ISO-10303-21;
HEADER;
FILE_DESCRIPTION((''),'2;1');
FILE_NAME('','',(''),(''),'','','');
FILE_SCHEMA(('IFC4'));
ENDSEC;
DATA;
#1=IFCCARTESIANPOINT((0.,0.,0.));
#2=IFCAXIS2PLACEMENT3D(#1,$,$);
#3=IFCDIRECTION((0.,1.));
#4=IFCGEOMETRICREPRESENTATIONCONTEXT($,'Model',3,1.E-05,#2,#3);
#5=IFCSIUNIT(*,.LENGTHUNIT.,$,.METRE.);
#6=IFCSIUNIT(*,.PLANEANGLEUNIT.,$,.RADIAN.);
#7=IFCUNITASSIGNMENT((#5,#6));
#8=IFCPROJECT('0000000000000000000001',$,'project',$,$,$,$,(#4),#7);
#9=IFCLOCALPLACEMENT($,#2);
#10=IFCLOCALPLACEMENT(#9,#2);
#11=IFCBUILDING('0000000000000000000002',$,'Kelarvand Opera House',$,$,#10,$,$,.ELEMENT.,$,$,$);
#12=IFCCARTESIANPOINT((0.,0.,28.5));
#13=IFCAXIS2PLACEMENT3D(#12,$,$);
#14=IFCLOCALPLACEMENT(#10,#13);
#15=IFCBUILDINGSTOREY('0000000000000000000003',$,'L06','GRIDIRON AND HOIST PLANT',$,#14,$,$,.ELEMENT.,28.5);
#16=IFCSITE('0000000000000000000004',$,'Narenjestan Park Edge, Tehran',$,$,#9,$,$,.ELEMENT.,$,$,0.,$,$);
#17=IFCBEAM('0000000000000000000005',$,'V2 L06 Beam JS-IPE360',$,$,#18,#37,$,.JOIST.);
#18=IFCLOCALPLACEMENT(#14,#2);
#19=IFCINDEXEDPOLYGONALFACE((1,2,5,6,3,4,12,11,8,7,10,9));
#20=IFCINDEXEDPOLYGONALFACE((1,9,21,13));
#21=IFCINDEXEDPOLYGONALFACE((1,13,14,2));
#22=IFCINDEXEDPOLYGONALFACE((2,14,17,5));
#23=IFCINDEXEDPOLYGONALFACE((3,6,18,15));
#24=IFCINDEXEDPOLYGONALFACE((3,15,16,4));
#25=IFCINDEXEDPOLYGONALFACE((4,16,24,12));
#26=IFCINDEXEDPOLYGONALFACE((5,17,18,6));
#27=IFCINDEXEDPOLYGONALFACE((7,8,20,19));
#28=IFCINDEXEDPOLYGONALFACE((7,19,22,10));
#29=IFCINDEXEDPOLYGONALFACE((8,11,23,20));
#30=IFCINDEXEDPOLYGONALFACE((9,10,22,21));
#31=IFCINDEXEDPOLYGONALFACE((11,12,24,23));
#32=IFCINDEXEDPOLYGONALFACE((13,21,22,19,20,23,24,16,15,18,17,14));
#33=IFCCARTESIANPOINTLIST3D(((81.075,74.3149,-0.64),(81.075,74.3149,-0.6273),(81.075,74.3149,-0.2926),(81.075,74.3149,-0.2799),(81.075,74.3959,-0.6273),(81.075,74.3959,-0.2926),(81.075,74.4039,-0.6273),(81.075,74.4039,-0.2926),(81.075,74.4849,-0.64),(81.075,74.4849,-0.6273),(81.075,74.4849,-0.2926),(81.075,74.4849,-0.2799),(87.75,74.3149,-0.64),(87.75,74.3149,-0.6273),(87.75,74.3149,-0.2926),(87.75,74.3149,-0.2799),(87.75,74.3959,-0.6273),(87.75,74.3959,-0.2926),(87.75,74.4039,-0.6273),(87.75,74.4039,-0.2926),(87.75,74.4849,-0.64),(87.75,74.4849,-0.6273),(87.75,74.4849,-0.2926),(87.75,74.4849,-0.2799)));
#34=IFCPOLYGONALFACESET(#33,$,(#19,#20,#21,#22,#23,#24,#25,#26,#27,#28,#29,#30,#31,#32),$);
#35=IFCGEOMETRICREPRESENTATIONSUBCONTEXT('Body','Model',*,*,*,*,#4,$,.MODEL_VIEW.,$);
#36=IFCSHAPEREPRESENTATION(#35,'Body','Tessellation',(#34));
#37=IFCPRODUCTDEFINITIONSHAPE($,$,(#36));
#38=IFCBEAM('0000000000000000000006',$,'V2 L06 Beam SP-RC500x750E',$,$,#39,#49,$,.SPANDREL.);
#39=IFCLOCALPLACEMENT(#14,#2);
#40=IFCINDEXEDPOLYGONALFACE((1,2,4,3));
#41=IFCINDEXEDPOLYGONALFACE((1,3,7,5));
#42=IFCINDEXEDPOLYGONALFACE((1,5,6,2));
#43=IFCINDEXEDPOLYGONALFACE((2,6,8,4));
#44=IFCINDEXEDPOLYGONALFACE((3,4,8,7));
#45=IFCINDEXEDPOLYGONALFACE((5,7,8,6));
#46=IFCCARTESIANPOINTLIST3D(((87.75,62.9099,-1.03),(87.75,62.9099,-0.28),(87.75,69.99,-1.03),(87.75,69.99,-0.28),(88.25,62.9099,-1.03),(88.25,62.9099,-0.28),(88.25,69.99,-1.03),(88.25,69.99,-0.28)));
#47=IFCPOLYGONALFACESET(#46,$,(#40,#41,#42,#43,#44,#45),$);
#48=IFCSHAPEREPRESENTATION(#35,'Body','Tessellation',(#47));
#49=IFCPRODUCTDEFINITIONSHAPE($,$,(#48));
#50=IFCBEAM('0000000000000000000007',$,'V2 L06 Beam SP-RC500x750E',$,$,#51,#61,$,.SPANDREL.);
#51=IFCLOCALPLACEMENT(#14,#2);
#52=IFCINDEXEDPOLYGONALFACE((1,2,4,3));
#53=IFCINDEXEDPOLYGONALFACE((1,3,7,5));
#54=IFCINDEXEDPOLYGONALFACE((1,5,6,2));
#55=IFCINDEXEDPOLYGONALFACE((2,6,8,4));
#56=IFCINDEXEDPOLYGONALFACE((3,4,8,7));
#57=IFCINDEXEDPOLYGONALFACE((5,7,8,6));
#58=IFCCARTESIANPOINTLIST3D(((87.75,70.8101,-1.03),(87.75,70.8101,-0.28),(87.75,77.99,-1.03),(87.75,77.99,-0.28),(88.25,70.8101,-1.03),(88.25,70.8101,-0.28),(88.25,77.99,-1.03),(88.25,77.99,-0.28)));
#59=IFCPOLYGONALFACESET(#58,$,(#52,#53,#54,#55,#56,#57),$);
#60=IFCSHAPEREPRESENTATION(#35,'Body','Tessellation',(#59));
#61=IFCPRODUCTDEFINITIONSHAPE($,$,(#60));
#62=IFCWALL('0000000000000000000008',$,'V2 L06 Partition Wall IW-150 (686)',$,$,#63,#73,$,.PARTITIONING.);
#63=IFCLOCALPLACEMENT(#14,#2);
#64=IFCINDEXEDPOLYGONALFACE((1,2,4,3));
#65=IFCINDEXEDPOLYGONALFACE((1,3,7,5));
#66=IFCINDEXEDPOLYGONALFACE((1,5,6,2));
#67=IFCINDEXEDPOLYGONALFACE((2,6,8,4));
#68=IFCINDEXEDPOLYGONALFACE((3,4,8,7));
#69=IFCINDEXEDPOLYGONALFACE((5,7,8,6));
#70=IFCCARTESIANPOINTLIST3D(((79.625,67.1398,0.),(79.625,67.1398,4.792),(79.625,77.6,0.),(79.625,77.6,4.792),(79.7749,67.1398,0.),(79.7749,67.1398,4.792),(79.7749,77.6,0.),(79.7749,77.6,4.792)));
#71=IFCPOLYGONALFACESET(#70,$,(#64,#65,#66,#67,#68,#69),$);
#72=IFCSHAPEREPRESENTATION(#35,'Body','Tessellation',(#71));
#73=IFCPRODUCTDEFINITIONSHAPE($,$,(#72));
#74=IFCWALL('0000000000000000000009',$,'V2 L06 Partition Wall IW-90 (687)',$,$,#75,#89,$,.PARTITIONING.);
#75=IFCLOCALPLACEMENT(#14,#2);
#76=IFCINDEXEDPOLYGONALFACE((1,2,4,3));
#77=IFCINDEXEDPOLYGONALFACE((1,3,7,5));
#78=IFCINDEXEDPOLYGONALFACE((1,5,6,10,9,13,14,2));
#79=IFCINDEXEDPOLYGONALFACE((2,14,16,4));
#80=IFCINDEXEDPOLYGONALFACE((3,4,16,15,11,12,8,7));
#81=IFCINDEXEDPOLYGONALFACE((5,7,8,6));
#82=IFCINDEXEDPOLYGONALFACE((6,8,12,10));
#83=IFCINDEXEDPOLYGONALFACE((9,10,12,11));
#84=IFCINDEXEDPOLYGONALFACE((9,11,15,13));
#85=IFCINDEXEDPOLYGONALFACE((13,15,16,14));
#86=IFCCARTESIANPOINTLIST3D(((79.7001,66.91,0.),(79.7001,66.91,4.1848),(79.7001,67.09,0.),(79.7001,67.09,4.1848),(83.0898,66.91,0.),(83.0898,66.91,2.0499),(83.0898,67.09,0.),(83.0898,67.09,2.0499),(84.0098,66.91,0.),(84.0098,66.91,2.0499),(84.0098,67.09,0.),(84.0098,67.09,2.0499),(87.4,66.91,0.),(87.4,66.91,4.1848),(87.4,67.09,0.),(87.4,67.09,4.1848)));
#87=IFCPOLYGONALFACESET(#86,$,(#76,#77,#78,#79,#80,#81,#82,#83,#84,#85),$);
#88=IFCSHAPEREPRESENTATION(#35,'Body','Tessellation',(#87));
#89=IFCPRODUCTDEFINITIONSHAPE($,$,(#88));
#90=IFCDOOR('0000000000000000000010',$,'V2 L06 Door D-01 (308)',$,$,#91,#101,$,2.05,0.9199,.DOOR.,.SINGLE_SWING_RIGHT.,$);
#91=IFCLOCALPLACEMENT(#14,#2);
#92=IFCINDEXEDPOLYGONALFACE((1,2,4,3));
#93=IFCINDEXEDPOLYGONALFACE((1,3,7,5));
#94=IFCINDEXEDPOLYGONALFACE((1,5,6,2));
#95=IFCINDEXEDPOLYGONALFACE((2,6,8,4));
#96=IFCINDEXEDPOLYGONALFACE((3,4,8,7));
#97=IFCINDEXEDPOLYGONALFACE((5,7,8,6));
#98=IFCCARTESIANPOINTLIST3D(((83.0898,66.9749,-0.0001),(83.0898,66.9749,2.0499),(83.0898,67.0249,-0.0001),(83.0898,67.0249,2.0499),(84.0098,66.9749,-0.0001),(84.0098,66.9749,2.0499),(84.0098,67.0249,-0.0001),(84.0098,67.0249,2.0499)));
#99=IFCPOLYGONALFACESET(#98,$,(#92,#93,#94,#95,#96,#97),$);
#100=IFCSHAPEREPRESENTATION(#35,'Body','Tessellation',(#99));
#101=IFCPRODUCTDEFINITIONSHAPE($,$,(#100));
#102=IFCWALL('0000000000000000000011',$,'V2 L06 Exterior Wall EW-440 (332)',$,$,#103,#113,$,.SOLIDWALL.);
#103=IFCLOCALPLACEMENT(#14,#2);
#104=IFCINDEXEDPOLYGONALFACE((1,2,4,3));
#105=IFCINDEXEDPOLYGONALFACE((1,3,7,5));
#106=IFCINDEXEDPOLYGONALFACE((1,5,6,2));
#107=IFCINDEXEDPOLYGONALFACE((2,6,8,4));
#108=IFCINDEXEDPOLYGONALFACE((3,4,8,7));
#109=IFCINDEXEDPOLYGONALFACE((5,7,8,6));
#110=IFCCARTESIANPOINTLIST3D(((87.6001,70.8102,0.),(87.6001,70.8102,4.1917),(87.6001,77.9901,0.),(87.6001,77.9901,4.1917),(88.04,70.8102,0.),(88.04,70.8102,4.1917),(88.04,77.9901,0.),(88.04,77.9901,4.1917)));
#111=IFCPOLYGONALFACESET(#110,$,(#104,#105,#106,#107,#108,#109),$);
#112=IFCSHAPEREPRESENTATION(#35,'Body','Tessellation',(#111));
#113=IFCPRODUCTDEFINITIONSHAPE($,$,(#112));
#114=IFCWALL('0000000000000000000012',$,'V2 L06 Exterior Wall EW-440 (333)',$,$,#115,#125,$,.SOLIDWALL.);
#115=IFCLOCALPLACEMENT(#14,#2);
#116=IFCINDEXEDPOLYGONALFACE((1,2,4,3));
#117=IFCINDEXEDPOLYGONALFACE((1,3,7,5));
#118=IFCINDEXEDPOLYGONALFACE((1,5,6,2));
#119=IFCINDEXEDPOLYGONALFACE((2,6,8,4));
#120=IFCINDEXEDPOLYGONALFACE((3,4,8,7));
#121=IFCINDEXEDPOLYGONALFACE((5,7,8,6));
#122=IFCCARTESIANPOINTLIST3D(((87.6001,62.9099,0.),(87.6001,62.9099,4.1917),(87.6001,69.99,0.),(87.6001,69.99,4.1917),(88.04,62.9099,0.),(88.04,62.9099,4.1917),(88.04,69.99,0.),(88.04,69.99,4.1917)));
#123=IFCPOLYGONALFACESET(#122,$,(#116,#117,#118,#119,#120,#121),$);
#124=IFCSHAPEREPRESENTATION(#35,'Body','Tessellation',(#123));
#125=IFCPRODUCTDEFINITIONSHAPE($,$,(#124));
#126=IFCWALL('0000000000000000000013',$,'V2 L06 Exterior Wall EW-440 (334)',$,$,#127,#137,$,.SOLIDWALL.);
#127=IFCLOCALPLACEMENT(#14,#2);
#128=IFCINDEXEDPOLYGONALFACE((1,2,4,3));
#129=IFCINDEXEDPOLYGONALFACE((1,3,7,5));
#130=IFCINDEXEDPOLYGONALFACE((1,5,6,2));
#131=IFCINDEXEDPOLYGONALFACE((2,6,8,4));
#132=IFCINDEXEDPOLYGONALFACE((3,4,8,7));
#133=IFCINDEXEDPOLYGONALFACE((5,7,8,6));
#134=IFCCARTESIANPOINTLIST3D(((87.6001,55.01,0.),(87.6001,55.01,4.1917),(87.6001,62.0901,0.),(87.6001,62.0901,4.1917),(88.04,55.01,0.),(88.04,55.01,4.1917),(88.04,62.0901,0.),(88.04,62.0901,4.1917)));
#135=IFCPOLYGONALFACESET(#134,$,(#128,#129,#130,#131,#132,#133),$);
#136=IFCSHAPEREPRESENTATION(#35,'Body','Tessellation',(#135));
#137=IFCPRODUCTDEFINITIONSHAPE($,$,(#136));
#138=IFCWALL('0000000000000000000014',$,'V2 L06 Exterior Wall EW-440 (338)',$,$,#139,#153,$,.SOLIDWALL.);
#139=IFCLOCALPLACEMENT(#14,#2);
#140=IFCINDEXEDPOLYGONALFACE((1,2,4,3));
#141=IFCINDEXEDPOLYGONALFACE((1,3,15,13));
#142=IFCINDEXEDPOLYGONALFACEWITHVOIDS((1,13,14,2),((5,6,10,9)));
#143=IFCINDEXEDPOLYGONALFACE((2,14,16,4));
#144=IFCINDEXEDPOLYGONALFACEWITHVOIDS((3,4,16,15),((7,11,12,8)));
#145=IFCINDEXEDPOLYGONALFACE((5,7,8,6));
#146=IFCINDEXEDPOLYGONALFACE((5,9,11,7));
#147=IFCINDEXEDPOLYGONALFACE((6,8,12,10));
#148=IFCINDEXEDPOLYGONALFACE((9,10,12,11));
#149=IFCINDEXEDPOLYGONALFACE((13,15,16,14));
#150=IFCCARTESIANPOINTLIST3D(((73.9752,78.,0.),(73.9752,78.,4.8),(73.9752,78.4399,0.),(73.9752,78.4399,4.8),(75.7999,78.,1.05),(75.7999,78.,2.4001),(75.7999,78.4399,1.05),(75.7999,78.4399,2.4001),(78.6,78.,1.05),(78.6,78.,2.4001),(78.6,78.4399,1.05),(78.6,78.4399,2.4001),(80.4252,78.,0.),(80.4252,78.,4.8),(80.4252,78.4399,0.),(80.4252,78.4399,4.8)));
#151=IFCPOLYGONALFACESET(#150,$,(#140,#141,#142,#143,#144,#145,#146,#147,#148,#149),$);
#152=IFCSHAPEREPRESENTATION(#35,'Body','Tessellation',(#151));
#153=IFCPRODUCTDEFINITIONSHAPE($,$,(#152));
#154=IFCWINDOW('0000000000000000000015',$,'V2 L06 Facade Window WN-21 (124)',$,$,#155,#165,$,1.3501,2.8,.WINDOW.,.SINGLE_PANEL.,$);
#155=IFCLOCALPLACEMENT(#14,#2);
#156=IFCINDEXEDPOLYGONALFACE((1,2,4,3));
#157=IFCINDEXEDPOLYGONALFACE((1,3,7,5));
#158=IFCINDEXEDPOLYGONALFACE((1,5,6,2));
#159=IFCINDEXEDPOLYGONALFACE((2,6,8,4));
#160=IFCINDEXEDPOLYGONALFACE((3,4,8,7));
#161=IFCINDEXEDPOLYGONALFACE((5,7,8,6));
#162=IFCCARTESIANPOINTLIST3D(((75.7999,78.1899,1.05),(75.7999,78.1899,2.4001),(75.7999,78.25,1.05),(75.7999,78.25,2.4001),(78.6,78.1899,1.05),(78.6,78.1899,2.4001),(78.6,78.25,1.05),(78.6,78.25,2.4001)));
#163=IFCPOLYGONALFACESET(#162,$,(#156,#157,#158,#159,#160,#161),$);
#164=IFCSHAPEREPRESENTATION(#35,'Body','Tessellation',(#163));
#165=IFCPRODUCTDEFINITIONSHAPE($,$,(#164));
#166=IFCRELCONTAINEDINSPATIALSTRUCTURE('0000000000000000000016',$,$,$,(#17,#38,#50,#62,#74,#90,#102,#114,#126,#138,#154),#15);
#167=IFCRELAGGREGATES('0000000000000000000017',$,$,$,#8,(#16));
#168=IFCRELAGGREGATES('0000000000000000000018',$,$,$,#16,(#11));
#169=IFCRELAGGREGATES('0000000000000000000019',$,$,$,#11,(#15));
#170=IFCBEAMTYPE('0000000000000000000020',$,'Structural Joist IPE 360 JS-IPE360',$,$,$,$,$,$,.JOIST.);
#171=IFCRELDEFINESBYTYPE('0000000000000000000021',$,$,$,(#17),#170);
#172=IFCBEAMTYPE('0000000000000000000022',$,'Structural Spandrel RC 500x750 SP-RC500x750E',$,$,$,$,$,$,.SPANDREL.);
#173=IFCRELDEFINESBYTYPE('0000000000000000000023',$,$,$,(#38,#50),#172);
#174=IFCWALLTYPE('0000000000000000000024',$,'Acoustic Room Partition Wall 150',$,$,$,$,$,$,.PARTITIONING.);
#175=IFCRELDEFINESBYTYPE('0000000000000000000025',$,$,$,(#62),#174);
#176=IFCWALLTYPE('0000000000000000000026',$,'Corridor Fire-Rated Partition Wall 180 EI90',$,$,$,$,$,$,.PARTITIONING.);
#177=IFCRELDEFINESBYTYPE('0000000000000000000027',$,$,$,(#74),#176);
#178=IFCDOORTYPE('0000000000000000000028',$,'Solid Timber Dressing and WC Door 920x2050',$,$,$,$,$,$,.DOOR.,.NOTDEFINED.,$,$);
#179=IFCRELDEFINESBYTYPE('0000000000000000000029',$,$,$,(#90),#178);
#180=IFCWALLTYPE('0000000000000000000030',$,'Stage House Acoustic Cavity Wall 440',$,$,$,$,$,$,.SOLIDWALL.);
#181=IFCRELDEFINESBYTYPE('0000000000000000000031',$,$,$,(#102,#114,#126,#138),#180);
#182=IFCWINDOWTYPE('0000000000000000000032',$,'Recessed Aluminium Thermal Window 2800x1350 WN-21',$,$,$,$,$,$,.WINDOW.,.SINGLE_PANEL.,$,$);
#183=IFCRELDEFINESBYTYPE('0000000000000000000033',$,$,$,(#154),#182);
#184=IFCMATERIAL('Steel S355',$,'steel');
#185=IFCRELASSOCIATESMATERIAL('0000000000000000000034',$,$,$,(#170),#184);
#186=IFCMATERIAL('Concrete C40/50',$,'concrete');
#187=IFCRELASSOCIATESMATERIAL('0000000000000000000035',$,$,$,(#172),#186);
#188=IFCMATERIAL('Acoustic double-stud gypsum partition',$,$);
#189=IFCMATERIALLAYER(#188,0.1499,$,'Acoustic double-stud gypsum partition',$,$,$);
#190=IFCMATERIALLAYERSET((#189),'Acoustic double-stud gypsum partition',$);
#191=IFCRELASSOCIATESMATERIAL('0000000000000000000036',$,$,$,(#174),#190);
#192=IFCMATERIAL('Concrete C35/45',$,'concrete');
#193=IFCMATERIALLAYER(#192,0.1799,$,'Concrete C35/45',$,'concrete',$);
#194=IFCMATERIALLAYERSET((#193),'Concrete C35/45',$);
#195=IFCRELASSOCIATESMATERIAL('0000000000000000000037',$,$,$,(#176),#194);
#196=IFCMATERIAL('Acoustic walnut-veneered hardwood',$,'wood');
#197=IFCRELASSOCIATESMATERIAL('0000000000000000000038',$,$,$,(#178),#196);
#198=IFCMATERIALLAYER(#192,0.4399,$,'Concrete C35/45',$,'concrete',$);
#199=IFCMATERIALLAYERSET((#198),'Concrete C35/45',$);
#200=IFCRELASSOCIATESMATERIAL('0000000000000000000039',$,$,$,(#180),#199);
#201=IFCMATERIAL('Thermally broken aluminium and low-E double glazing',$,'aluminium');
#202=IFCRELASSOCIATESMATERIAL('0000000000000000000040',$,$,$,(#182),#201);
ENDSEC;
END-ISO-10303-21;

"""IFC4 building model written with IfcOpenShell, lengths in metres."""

from ifc_helpers import new_model, si_unit, direction, frame, frame_2d, origin, origin_2d, place, context, subcontext, project, spatial, rectangle, i_section, extrude, material, layer, layer_set, material_profile, profile_set, type_object, element, fill, save


model = new_model("IFC4")

# Units and contexts
model_context = context("Model", 3, precision=1e-05, world=origin(), true_north=direction((0.0, 1.0)))
body_context = subcontext(model_context, "Body", "Model", "MODEL_VIEW")
ifc_project = project(units=[si_unit("LENGTHUNIT", "METRE"), si_unit("PLANEANGLEUNIT", "RADIAN")], contexts=[model_context])

# Site, building, storey
site_placement = place(None, origin())
site = spatial("IfcSite", under=ifc_project, at=site_placement, Name="Narenjestan Park Edge, Tehran", CompositionType="ELEMENT", RefElevation=0.0)
building_placement = place(site_placement, origin())
building = spatial("IfcBuilding", under=site, at=building_placement, Name="Kelarvand Opera House", CompositionType="ELEMENT")
storey_placement = place(building_placement, frame((0.0, 0.0, 28.5)))
storey = spatial("IfcBuildingStorey", under=building, at=storey_placement, Name="L06", Description="GRIDIRON AND HOIST PLANT", CompositionType="ELEMENT", Elevation=28.5)

# Shared definitions
ifc_material_1 = material(Name="Concrete C40/50", Category="concrete")

# Beams
ifc_material_2 = material(Name="Concrete C35/45", Category="concrete")
ifc_material_3 = material(Name="Steel S355", Category="steel")
ifc_material_profile_1 = material_profile(ifc_material_3, i_section(OverallWidth=0.1699, OverallDepth=0.3601, WebThickness=0.0081, FlangeThickness=0.0127, at=origin_2d()), Name="IPE 360", Category="steel")
ifc_profile_set_1 = profile_set([ifc_material_profile_1], Name="Steel S355")
beam_type_1 = type_object("IfcBeamType", Name="Structural Joist IPE 360 JS-IPE360", PredefinedType="JOIST", material=ifc_profile_set_1)
beam_1_placement = place(storey_placement, frame((81.075, 74.3999, -0.46), z_axis=(1.0, 0.0, 0.0), x_axis=(0.0, 1.0, 0.0)))
element("IfcBeam", 1, at=beam_1_placement, inside=storey, type_object=beam_type_1, Name="V2 L06 Beam JS-IPE360", PredefinedType="JOIST", context=body_context, shape_type="SweptSolid", body=[
    extrude(i_section(OverallWidth=0.1699, OverallDepth=0.3601, WebThickness=0.0081, FlangeThickness=0.0127, at=origin_2d()), origin(), (0.0, 0.0, 1.0), 6.675),
])
ifc_material_profile_2 = material_profile(ifc_material_1, rectangle(XDim=0.5, YDim=0.75, at=origin_2d()), Name="RC 500x750", Category="concrete")
ifc_profile_set_2 = profile_set([ifc_material_profile_2], Name="Concrete C40/50")
beam_type_2 = type_object("IfcBeamType", Name="Structural Spandrel RC 500x750 SP-RC500x750E", PredefinedType="SPANDREL", material=ifc_profile_set_2)
beam_2_placement = place(storey_placement, frame((88.0, 62.9099, -0.655), z_axis=(0.0, 1.0, 0.0), x_axis=(-1.0, 0.0, 0.0)))
element("IfcBeam", 2, at=beam_2_placement, inside=storey, type_object=beam_type_2, Name="V2 L06 Beam SP-RC500x750E", PredefinedType="SPANDREL", context=body_context, shape_type="SweptSolid", body=[
    extrude(rectangle(XDim=0.5, YDim=0.75, at=origin_2d()), origin(), (0.0, 0.0, 1.0), 7.0801),
])
beam_3_placement = place(storey_placement, frame((88.0, 70.8101, -0.655), z_axis=(0.0, 1.0, 0.0), x_axis=(-1.0, 0.0, 0.0)))
element("IfcBeam", 3, at=beam_3_placement, inside=storey, type_object=beam_type_2, Name="V2 L06 Beam SP-RC500x750E", PredefinedType="SPANDREL", context=body_context, shape_type="SweptSolid", body=[
    extrude(rectangle(XDim=0.5, YDim=0.75, at=origin_2d()), origin(), (0.0, 0.0, 1.0), 7.1799),
])

# Wall
ifc_material_4 = material(Name="Acoustic double-stud gypsum partition")
ifc_layer_1 = layer(ifc_material_4, 0.1499, Name="Acoustic double-stud gypsum partition")
ifc_layer_set_1 = layer_set([ifc_layer_1], Name="Acoustic double-stud gypsum partition")
wall_type_1 = type_object("IfcWallType", Name="Acoustic Room Partition Wall 150", PredefinedType="PARTITIONING", material=ifc_layer_set_1)
wall_1_placement = place(storey_placement, frame((79.7, 67.1399, 0.0), z_axis=(0.0, 0.0, 1.0), x_axis=(0.0, 1.0, 0.0)))
element("IfcWall", 4, at=wall_1_placement, inside=storey, type_object=wall_type_1, Name="V2 L06 Partition Wall IW-150 (686)", PredefinedType="PARTITIONING", context=body_context, shape_type="SweptSolid", body=[
    extrude(rectangle(XDim=10.4602, YDim=0.1499, at=frame_2d((5.23, 0.0))), origin(), (0.0, 0.0, 1.0), 4.792),
])

# Wall, opening, door
ifc_layer_2 = layer(ifc_material_2, 0.1799, Name="Concrete C35/45", Category="concrete")
ifc_layer_set_2 = layer_set([ifc_layer_2], Name="Concrete C35/45")
wall_type_2 = type_object("IfcWallType", Name="Corridor Fire-Rated Partition Wall 180 EI90", PredefinedType="PARTITIONING", material=ifc_layer_set_2)
wall_2_placement = place(storey_placement, frame((79.7, 67.0, 0.0), z_axis=(0.0, 0.0, 1.0), x_axis=(1.0, 0.0, 0.0)))
wall_2 = element("IfcWall", 5, at=wall_2_placement, inside=storey, type_object=wall_type_2, Name="V2 L06 Partition Wall IW-90 (687)", PredefinedType="PARTITIONING", context=body_context, shape_type="SweptSolid", body=[
    extrude(rectangle(XDim=7.7, YDim=0.1799, at=frame_2d((3.8501, 0.0))), origin(), (0.0, 0.0, 1.0), 4.1848),
])
opening_1_placement = place(wall_2_placement, frame((3.3899, 0.0, 0.0)))
opening_1 = element("IfcOpeningElement", 6, at=opening_1_placement, cuts=wall_2, PredefinedType="OPENING", context=body_context, shape_type="SweptSolid", body=[
    extrude(rectangle(XDim=0.9199, YDim=2.05, at=frame_2d((0.46, 1.0249))), frame((0.0, 0.1001, 0.0), z_axis=(0.0, -1.0, 0.0), x_axis=(1.0, 0.0, 0.0)), (0.0, 0.0, 1.0), 0.2),
])
ifc_material_5 = material(Name="Acoustic walnut-veneered hardwood", Category="wood")
door_type = type_object("IfcDoorType", Name="Solid Timber Dressing and WC Door 920x2050", OperationType="NOTDEFINED", PredefinedType="DOOR", material=ifc_material_5)
door_placement = place(opening_1_placement, origin())
door = element("IfcDoor", 7, at=door_placement, inside=storey, type_object=door_type, Name="V2 L06 Door D-01 (308)", OperationType="SINGLE_SWING_RIGHT", OverallHeight=2.05, OverallWidth=0.9199, PredefinedType="DOOR", context=body_context, shape_type="SweptSolid", body=[
    extrude(rectangle(XDim=0.9199, YDim=2.05, at=frame_2d((0.46, 1.0249))), frame((0.0, 0.0249, 0.0), z_axis=(0.0, -1.0, 0.0), x_axis=(1.0, 0.0, 0.0)), (0.0, 0.0, 1.0), 0.05),
])
fill(opening_1, door)

# Walls
ifc_layer_3 = layer(ifc_material_2, 0.4399, Name="Concrete C35/45", Category="concrete")
ifc_layer_set_3 = layer_set([ifc_layer_3], Name="Concrete C35/45")
wall_type_3 = type_object("IfcWallType", Name="Stage House Acoustic Cavity Wall 440", PredefinedType="SOLIDWALL", material=ifc_layer_set_3)
wall_3_placement = place(storey_placement, frame((87.8201, 77.99, 0.0), z_axis=(0.0, 0.0, 1.0), x_axis=(0.0, -1.0, 0.0)))
element("IfcWall", 8, at=wall_3_placement, inside=storey, type_object=wall_type_3, Name="V2 L06 Exterior Wall EW-440 (332)", PredefinedType="SOLIDWALL", context=body_context, shape_type="SweptSolid", body=[
    extrude(rectangle(XDim=7.1799, YDim=0.4399, at=frame_2d((3.5898, 0.0))), origin(), (0.0, 0.0, 1.0), 4.1917),
])
for number, where, z_axis, x_axis, name in (
    (9, (87.8201, 69.99, 0.0), (0.0, 0.0, 1.0), (0.0, -1.0, 0.0), "V2 L06 Exterior Wall EW-440 (333)"),
    (10, (87.8201, 62.0901, 0.0), (0.0, 0.0, 1.0), (0.0, -1.0, 0.0), "V2 L06 Exterior Wall EW-440 (334)"),
):
    element("IfcWall", number, at=place(storey_placement, frame(where, z_axis=z_axis, x_axis=x_axis)), inside=storey, type_object=wall_type_3, Name=name, PredefinedType="SOLIDWALL", context=body_context, shape_type="SweptSolid", body=[
        extrude(rectangle(XDim=7.0801, YDim=0.4399, at=frame_2d((3.54, 0.0))), origin(), (0.0, 0.0, 1.0), 4.1917),
    ])

# Wall, opening, window
wall_4_placement = place(storey_placement, frame((73.9751, 78.22, 0.0), z_axis=(0.0, 0.0, 1.0), x_axis=(1.0, 0.0, 0.0)))
wall_4 = element("IfcWall", 11, at=wall_4_placement, inside=storey, type_object=wall_type_3, Name="V2 L06 Exterior Wall EW-440 (338)", PredefinedType="SOLIDWALL", context=body_context, shape_type="SweptSolid", body=[
    extrude(rectangle(XDim=6.45, YDim=0.4399, at=frame_2d((3.2251, 0.0))), origin(), (0.0, 0.0, 1.0), 4.8),
])
opening_2_placement = place(wall_4_placement, frame((1.825, 0.0, 1.05)))
opening_2 = element("IfcOpeningElement", 12, at=opening_2_placement, cuts=wall_4, PredefinedType="OPENING", context=body_context, shape_type="SweptSolid", body=[
    extrude(rectangle(XDim=2.8, YDim=1.3501, at=frame_2d((1.3999, 0.675))), frame((0.0, 0.23, 0.0), z_axis=(0.0, -1.0, 0.0), x_axis=(1.0, 0.0, 0.0)), (0.0, 0.0, 1.0), 0.46),
])
ifc_material_6 = material(Name="Thermally broken aluminium and low-E double glazing", Category="aluminium")
window_type_1 = type_object("IfcWindowType", Name="Recessed Aluminium Thermal Window 2800x1350 WN-21", PartitioningType="SINGLE_PANEL", PredefinedType="WINDOW", material=ifc_material_6)
window_1_placement = place(opening_2_placement, origin())
window_1 = element("IfcWindow", 13, at=window_1_placement, inside=storey, type_object=window_type_1, Name="V2 L06 Facade Window WN-21 (124)", OverallHeight=1.3501, OverallWidth=2.8, PartitioningType="SINGLE_PANEL", PredefinedType="WINDOW", context=body_context, shape_type="SweptSolid", body=[
    extrude(rectangle(XDim=2.8, YDim=1.3501, at=frame_2d((1.3999, 0.675))), frame((0.0, 0.03, 0.0), z_axis=(0.0, -1.0, 0.0), x_axis=(1.0, 0.0, 0.0)), (0.0, 0.0, 1.0), 0.0601),
])
fill(opening_2, window_1)

save(model, "model.ifc")
